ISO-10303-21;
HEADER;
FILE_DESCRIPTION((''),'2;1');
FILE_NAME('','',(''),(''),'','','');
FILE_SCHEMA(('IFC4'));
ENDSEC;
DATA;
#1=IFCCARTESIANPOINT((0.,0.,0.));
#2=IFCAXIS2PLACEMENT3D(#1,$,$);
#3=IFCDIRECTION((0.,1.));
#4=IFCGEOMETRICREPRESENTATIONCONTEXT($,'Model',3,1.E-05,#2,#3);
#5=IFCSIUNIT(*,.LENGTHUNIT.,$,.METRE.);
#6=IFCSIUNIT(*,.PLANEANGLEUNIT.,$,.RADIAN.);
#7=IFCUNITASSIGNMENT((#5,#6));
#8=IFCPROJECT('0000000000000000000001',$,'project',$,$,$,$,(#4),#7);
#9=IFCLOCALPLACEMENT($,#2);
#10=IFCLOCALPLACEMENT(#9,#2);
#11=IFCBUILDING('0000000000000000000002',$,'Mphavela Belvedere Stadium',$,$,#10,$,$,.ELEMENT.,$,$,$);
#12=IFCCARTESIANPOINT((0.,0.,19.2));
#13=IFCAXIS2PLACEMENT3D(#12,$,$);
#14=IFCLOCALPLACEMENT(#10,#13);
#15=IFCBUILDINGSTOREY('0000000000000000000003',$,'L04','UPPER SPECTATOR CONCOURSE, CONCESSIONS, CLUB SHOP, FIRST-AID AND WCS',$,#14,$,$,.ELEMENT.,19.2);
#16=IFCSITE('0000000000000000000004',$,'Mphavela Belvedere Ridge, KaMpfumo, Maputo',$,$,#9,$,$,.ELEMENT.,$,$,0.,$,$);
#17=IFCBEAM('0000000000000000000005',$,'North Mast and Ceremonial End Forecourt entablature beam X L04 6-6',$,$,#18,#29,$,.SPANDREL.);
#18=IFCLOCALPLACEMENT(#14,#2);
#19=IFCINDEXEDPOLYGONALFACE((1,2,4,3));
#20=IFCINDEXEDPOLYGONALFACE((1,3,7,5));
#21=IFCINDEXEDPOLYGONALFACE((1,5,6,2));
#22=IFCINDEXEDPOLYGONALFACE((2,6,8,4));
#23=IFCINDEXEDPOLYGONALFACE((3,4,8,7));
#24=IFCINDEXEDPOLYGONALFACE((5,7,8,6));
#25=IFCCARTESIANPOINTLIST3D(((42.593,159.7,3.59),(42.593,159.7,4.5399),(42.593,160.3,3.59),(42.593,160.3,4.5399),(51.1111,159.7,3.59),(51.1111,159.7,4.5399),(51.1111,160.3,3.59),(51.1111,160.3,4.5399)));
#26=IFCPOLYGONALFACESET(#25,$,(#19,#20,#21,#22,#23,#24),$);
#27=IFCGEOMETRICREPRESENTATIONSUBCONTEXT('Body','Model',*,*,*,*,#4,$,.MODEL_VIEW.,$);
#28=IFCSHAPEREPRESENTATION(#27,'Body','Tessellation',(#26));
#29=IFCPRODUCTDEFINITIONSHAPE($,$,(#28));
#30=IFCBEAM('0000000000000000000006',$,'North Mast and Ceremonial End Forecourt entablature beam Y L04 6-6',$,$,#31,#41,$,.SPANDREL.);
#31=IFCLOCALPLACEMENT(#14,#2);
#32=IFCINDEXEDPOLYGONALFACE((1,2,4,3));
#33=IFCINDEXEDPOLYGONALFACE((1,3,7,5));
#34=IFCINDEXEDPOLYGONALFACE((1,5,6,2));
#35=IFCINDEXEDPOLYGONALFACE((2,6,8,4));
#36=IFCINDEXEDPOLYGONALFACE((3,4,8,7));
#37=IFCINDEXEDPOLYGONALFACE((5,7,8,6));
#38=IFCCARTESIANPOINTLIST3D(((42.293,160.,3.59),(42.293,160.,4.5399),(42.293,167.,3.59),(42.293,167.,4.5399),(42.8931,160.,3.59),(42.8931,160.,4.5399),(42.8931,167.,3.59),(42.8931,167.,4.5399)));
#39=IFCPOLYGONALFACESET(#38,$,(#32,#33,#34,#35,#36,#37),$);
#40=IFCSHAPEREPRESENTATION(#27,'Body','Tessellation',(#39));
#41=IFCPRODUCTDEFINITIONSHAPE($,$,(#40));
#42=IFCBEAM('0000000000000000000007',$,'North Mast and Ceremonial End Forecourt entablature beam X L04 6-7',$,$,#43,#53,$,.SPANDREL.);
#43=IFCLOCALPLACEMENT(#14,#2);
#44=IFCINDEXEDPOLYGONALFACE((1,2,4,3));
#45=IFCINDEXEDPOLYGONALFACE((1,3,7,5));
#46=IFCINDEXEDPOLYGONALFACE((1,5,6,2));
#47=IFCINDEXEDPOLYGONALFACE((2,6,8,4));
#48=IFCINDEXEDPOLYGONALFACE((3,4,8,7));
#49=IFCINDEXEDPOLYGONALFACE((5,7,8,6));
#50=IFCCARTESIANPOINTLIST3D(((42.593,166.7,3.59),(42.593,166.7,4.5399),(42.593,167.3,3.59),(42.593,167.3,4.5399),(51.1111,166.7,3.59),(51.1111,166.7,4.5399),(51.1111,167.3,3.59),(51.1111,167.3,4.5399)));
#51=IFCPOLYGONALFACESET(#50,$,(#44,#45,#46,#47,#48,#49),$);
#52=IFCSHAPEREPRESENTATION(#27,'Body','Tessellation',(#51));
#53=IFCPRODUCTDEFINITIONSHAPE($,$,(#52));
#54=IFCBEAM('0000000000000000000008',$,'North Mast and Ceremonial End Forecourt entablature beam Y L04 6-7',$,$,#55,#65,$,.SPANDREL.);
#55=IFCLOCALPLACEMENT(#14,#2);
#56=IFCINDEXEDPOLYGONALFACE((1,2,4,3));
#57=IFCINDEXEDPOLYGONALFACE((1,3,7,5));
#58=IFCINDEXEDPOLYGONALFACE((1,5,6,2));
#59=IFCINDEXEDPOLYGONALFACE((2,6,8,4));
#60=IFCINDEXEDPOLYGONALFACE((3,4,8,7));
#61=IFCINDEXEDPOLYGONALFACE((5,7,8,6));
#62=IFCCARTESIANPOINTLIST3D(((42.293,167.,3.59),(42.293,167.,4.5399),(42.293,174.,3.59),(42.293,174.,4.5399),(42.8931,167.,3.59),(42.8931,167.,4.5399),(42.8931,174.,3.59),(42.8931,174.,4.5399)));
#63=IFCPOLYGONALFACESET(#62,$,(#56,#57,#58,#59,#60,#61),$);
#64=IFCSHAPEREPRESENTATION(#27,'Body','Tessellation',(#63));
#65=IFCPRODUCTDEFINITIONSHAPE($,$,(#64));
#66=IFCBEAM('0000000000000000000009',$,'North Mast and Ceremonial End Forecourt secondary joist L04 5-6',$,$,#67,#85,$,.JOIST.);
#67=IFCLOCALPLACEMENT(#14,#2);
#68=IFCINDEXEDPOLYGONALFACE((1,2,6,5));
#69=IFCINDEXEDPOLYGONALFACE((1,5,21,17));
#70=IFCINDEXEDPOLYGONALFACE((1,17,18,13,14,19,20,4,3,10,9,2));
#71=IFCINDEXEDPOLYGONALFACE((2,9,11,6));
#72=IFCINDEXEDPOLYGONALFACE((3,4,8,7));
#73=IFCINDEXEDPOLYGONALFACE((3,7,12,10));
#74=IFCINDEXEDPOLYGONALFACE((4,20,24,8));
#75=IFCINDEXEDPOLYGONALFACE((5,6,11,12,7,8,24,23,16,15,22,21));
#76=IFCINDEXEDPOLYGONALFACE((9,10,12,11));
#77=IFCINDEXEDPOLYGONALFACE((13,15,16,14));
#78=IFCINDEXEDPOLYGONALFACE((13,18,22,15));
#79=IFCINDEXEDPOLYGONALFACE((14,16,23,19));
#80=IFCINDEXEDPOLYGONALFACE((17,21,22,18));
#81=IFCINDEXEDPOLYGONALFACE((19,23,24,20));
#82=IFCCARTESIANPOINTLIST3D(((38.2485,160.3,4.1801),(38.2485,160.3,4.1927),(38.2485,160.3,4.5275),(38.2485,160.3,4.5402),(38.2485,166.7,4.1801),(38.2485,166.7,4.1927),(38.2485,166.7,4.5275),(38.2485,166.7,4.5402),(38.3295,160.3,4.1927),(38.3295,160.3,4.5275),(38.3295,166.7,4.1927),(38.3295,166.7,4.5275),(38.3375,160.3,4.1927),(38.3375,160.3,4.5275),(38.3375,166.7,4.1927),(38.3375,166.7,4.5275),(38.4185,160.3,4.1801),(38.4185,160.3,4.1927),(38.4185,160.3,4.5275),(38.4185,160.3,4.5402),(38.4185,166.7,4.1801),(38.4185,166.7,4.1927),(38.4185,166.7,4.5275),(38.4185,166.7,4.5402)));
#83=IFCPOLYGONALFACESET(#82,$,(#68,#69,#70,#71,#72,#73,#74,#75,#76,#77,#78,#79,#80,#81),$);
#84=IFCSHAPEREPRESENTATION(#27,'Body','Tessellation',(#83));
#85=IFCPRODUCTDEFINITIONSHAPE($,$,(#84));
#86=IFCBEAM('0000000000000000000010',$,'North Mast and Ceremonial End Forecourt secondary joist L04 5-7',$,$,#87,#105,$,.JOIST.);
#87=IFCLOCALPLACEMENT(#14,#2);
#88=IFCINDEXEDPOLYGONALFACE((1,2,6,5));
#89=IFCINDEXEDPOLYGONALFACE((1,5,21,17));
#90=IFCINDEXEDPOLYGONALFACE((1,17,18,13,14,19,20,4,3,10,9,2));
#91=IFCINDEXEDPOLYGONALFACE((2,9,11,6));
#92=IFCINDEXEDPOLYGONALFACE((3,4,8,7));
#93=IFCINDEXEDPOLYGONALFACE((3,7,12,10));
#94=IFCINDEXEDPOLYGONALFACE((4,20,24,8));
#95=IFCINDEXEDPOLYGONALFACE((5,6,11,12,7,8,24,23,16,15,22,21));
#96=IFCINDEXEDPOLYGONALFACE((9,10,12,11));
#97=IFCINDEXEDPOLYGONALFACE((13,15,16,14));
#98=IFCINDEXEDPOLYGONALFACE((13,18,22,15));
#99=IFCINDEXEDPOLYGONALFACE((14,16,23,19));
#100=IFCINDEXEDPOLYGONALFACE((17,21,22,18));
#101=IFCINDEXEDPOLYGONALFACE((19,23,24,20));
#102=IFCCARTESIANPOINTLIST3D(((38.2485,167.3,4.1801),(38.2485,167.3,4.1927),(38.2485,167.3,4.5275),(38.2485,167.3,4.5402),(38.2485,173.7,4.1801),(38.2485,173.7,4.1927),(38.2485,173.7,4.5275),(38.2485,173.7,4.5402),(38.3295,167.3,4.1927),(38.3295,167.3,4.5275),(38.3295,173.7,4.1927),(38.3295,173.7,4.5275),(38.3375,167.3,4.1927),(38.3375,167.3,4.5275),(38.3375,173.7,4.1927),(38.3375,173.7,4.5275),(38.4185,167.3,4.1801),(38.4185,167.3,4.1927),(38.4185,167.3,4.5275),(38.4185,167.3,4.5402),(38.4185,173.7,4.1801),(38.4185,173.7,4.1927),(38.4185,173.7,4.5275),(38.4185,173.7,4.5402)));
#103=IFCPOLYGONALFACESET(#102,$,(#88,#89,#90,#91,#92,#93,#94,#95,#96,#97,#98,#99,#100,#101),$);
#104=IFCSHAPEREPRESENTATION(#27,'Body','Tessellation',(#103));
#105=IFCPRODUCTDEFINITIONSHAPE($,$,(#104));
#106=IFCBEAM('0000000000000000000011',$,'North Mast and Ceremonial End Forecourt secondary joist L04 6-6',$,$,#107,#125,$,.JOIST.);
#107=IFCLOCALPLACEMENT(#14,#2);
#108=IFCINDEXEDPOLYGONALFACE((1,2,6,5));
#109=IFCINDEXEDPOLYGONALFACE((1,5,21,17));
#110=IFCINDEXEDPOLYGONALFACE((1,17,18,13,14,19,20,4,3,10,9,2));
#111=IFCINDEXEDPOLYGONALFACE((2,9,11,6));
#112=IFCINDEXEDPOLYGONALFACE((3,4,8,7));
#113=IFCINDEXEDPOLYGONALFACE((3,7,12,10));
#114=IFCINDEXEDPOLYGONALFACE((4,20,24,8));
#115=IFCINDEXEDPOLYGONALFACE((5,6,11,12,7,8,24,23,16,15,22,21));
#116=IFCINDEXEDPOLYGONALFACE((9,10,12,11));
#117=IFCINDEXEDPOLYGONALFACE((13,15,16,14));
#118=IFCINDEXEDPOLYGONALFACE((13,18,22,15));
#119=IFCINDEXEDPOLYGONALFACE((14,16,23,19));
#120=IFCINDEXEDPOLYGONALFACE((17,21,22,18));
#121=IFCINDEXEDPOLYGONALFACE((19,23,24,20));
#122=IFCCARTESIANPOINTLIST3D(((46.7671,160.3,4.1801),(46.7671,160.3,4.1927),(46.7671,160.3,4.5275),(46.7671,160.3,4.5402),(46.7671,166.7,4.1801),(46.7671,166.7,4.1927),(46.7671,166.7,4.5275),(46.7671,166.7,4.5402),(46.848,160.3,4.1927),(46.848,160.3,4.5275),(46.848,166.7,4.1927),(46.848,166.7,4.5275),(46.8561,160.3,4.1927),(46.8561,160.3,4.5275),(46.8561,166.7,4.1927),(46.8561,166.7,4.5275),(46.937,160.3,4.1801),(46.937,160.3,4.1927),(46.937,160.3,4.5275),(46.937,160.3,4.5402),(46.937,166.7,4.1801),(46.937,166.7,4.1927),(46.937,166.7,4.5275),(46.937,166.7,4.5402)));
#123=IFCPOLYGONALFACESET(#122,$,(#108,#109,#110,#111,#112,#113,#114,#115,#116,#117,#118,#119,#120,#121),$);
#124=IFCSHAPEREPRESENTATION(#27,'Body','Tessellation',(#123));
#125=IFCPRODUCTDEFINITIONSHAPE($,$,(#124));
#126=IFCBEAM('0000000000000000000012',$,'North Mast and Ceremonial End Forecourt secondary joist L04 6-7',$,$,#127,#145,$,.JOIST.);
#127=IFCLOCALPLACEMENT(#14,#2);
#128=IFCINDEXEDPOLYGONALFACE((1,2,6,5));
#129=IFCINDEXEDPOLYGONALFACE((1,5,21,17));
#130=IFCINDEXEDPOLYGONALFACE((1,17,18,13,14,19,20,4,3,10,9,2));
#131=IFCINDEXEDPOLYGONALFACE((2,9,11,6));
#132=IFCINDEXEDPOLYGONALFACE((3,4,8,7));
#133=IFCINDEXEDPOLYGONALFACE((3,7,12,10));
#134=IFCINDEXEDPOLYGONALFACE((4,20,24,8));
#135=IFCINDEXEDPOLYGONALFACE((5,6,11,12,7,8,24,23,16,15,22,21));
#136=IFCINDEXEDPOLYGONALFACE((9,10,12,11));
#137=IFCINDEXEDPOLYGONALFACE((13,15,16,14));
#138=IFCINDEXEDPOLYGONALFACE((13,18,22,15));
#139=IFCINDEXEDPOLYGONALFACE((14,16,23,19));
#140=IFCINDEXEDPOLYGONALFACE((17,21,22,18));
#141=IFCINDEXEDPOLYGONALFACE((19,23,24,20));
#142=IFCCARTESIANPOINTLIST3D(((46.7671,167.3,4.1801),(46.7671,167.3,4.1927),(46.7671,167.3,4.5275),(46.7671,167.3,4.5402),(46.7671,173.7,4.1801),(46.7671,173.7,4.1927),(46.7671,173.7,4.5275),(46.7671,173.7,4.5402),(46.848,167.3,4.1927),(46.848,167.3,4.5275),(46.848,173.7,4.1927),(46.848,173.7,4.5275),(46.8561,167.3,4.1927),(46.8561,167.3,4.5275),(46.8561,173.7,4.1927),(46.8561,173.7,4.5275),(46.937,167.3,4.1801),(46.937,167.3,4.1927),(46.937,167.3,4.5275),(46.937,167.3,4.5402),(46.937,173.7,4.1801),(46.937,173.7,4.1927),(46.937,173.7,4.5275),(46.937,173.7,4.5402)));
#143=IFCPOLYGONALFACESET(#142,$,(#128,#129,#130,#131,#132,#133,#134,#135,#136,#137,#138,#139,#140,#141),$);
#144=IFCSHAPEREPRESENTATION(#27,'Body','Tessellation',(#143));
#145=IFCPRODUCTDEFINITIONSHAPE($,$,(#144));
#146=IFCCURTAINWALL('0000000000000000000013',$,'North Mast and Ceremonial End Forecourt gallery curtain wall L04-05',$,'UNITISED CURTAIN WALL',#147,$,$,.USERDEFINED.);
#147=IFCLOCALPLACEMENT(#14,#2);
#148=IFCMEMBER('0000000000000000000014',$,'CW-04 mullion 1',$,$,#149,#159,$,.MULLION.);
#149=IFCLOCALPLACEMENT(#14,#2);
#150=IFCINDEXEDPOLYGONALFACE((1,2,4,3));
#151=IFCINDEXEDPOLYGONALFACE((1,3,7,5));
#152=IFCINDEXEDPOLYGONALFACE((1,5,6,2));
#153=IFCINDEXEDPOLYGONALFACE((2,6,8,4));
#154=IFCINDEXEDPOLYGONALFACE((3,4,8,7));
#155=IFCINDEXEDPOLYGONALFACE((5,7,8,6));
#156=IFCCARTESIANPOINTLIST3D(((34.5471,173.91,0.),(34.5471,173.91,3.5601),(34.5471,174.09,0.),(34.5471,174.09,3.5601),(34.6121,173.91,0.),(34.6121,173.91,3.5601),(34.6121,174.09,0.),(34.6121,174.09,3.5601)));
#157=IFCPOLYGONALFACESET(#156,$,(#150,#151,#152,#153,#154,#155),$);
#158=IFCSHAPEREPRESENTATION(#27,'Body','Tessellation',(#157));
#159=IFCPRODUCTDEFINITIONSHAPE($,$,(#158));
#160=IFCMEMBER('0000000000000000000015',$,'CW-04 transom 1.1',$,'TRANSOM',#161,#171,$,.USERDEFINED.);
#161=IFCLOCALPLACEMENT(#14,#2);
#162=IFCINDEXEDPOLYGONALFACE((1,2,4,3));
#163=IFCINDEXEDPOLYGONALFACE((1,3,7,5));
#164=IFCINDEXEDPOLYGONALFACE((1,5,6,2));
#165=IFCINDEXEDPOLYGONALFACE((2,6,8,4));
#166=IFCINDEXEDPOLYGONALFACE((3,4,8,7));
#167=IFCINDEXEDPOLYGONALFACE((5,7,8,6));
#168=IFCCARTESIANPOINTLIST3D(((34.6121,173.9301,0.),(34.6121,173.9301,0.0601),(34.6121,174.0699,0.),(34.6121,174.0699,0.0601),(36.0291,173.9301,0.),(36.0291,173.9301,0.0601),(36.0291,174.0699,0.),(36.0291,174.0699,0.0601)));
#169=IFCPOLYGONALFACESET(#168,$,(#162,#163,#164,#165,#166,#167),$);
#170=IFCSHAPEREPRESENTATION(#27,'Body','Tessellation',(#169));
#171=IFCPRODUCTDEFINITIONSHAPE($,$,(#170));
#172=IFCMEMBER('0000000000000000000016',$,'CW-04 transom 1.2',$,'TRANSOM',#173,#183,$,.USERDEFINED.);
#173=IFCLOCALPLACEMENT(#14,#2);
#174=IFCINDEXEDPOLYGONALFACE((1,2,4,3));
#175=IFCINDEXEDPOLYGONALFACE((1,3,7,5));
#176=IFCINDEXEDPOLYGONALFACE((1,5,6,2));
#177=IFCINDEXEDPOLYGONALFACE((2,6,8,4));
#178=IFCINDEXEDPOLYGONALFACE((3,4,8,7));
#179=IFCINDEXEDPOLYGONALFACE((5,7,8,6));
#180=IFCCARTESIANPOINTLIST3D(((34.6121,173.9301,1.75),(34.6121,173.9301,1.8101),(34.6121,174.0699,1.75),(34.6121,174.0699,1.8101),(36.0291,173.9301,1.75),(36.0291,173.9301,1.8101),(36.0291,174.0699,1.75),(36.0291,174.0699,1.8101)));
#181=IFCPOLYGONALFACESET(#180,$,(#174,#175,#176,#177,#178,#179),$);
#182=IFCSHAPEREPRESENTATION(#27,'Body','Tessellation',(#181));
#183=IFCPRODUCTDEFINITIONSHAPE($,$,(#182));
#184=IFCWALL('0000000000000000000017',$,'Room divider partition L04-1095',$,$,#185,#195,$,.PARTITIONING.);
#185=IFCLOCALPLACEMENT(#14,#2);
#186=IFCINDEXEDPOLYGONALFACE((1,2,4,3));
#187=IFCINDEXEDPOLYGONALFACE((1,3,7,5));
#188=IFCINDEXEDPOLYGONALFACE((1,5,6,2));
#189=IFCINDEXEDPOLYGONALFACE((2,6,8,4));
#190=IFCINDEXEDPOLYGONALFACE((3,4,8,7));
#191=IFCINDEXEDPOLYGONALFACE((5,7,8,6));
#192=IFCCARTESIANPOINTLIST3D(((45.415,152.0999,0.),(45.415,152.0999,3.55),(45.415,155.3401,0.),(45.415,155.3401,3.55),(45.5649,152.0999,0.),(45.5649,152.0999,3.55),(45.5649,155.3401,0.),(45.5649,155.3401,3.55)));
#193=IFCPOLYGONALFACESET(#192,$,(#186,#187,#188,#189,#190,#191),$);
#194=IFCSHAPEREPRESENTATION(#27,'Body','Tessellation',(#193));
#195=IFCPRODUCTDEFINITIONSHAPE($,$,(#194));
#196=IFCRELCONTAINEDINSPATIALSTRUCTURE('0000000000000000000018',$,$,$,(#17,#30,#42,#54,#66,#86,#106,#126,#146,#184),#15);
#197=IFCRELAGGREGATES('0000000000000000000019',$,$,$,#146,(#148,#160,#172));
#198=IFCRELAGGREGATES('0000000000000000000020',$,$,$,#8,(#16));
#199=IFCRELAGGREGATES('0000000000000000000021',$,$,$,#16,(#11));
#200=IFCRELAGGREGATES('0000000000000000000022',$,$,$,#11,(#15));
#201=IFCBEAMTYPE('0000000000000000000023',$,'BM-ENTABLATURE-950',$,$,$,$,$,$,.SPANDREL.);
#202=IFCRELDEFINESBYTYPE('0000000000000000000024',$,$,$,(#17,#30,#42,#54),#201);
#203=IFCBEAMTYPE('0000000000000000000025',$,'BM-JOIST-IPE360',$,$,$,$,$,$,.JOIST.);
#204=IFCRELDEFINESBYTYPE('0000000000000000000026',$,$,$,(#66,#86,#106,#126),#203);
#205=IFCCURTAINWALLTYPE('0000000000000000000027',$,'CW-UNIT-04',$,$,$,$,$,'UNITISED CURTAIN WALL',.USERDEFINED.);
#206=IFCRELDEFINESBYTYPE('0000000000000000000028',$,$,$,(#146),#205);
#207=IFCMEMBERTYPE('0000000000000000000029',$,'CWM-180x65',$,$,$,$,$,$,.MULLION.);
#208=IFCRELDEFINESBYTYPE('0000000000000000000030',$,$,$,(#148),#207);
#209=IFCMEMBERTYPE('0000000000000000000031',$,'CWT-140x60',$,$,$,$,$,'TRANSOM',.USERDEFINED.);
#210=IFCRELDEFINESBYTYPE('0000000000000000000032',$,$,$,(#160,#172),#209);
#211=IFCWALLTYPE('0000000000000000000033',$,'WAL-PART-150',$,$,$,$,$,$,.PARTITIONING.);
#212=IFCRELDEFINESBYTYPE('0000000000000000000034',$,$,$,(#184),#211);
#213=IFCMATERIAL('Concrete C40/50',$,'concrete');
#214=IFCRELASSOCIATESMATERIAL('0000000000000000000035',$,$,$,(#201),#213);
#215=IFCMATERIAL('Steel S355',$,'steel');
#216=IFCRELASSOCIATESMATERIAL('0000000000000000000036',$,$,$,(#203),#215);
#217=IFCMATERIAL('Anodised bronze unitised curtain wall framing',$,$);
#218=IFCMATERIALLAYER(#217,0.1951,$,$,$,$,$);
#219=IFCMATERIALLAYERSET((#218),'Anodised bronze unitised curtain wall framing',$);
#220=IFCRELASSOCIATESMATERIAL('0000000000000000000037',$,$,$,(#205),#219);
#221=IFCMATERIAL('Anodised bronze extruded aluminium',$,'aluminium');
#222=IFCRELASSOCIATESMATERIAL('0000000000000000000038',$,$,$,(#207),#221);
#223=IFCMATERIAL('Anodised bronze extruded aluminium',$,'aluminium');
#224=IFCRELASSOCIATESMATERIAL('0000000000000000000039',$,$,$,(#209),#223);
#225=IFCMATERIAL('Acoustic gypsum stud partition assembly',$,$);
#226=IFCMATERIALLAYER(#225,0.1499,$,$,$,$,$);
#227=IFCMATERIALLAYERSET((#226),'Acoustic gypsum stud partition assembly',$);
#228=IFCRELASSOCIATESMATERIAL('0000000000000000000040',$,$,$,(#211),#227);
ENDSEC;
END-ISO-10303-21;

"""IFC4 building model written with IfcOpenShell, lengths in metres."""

from ifc_helpers import new_model, si_unit, direction, frame, frame_2d, origin, origin_2d, place, context, subcontext, project, spatial, rectangle, i_section, extrude, material, layer, layer_set, material_profile, profile_set, type_object, element, aggregate, save


model = new_model("IFC4")

# Units and contexts
model_context = context("Model", 3, precision=1e-05, world=origin(), true_north=direction((0.0, 1.0)))
body_context = subcontext(model_context, "Body", "Model", "MODEL_VIEW")
ifc_project = project(units=[si_unit("LENGTHUNIT", "METRE"), si_unit("PLANEANGLEUNIT", "RADIAN")], contexts=[model_context])

# Site, building, storey
site_placement = place(None, origin())
site = spatial("IfcSite", under=ifc_project, at=site_placement, Name="Mphavela Belvedere Ridge, KaMpfumo, Maputo", CompositionType="ELEMENT", RefElevation=0.0)
building_placement = place(site_placement, origin())
building = spatial("IfcBuilding", under=site, at=building_placement, Name="Mphavela Belvedere Stadium", CompositionType="ELEMENT")
storey_placement = place(building_placement, frame((0.0, 0.0, 19.2)))
storey = spatial("IfcBuildingStorey", under=building, at=storey_placement, Name="L04", Description="UPPER SPECTATOR CONCOURSE, CONCESSIONS, CLUB SHOP, FIRST-AID AND WCS", CompositionType="ELEMENT", Elevation=19.2)

# Beams
ifc_material_1 = material(Name="Concrete C40/50", Category="concrete")
ifc_material_profile_1 = material_profile(ifc_material_1, rectangle(XDim=0.6001, YDim=0.95, at=origin_2d()), Name="RC 600x950")
ifc_profile_set_1 = profile_set([ifc_material_profile_1], Name="Concrete C40/50")
beam_type_1 = type_object("IfcBeamType", Name="BM-ENTABLATURE-950", PredefinedType="SPANDREL", material=ifc_profile_set_1)
beam_1_placement = place(storey_placement, frame((42.593, 160.0, 4.0649), z_axis=(1.0, 0.0, 0.0), x_axis=(0.0, 1.0, 0.0)))
element("IfcBeam", 1, at=beam_1_placement, inside=storey, type_object=beam_type_1, Name="North Mast and Ceremonial End Forecourt entablature beam X L04 6-6", PredefinedType="SPANDREL", context=body_context, shape_type="SweptSolid", body=[
    extrude(rectangle(XDim=0.6001, YDim=0.95, at=origin_2d()), origin(), (0.0, 0.0, 1.0), 8.5181),
])
beam_2_placement = place(storey_placement, frame((42.593, 160.0, 4.0649), z_axis=(0.0, 1.0, 0.0), x_axis=(-1.0, 0.0, 0.0)))
element("IfcBeam", 2, at=beam_2_placement, inside=storey, type_object=beam_type_1, Name="North Mast and Ceremonial End Forecourt entablature beam Y L04 6-6", PredefinedType="SPANDREL", context=body_context, shape_type="SweptSolid", body=[
    extrude(rectangle(XDim=0.6001, YDim=0.95, at=origin_2d()), origin(), (0.0, 0.0, 1.0), 7.0),
])
beam_3_placement = place(storey_placement, frame((42.593, 167.0, 4.0649), z_axis=(1.0, 0.0, 0.0), x_axis=(0.0, 1.0, 0.0)))
element("IfcBeam", 3, at=beam_3_placement, inside=storey, type_object=beam_type_1, Name="North Mast and Ceremonial End Forecourt entablature beam X L04 6-7", PredefinedType="SPANDREL", context=body_context, shape_type="SweptSolid", body=[
    extrude(rectangle(XDim=0.6001, YDim=0.95, at=origin_2d()), origin(), (0.0, 0.0, 1.0), 8.5181),
])
beam_4_placement = place(storey_placement, frame((42.593, 167.0, 4.0649), z_axis=(0.0, 1.0, 0.0), x_axis=(-1.0, 0.0, 0.0)))
element("IfcBeam", 4, at=beam_4_placement, inside=storey, type_object=beam_type_1, Name="North Mast and Ceremonial End Forecourt entablature beam Y L04 6-7", PredefinedType="SPANDREL", context=body_context, shape_type="SweptSolid", body=[
    extrude(rectangle(XDim=0.6001, YDim=0.95, at=origin_2d()), origin(), (0.0, 0.0, 1.0), 7.0),
])
ifc_material_2 = material(Name="Steel S355", Category="steel")
ifc_material_profile_2 = material_profile(ifc_material_2, i_section(OverallWidth=0.1699, OverallDepth=0.3601, WebThickness=0.0081, FlangeThickness=0.0127, at=origin_2d()), Name="IPE 360")
ifc_profile_set_2 = profile_set([ifc_material_profile_2], Name="Steel S355")
beam_type_2 = type_object("IfcBeamType", Name="BM-JOIST-IPE360", PredefinedType="JOIST", material=ifc_profile_set_2)
for number, where, z_axis, x_axis, name in (
    (5, (38.3335, 160.3, 4.3601), (0.0, 1.0, 0.0), (-1.0, 0.0, 0.0), "North Mast and Ceremonial End Forecourt secondary joist L04 5-6"),
    (6, (38.3335, 167.3, 4.3601), (0.0, 1.0, 0.0), (-1.0, 0.0, 0.0), "North Mast and Ceremonial End Forecourt secondary joist L04 5-7"),
    (7, (46.8521, 160.3, 4.3601), (0.0, 1.0, 0.0), (-1.0, 0.0, 0.0), "North Mast and Ceremonial End Forecourt secondary joist L04 6-6"),
    (8, (46.8521, 167.3, 4.3601), (0.0, 1.0, 0.0), (-1.0, 0.0, 0.0), "North Mast and Ceremonial End Forecourt secondary joist L04 6-7"),
):
    element("IfcBeam", number, at=place(storey_placement, frame(where, z_axis=z_axis, x_axis=x_axis)), inside=storey, type_object=beam_type_2, Name=name, PredefinedType="JOIST", context=body_context, shape_type="SweptSolid", body=[
        extrude(i_section(OverallWidth=0.1699, OverallDepth=0.3601, WebThickness=0.0081, FlangeThickness=0.0127, at=origin_2d()), origin(), (0.0, 0.0, 1.0), 6.3999),
    ])

# Curtain wall, members
ifc_material_3 = material(Name="Anodised bronze unitised curtain wall framing")
ifc_layer_1 = layer(ifc_material_3, 0.1951)
ifc_layer_set_1 = layer_set([ifc_layer_1], Name="Anodised bronze unitised curtain wall framing")
curtain_wall_type = type_object("IfcCurtainWallType", Name="CW-UNIT-04", ElementType="UNITISED CURTAIN WALL", PredefinedType="USERDEFINED", material=ifc_layer_set_1)
curtain_wall_placement = place(storey_placement, origin())
curtain_wall = element("IfcCurtainWall", 9, at=curtain_wall_placement, inside=storey, type_object=curtain_wall_type, Name="North Mast and Ceremonial End Forecourt gallery curtain wall L04-05", ObjectType="UNITISED CURTAIN WALL", PredefinedType="USERDEFINED")
ifc_material_4 = material(Name="Anodised bronze extruded aluminium", Category="aluminium")
ifc_material_profile_3 = material_profile(ifc_material_4, rectangle(XDim=0.1799, YDim=0.0649, at=origin_2d()), Name="CW-MUL 180x65")
ifc_profile_set_3 = profile_set([ifc_material_profile_3], Name="Anodised bronze extruded aluminium")
member_type_1 = type_object("IfcMemberType", Name="CWM-180x65", PredefinedType="MULLION", material=ifc_profile_set_3)
member_1_placement = place(storey_placement, frame((34.5796, 174.0, 0.0), z_axis=(0.0, 0.0, 1.0), x_axis=(0.0, 1.0, 0.0)))
member_1 = element("IfcMember", 10, at=member_1_placement, type_object=member_type_1, Name="CW-04 mullion 1", PredefinedType="MULLION", context=body_context, shape_type="SweptSolid", body=[
    extrude(rectangle(XDim=0.1799, YDim=0.0649, at=origin_2d()), origin(), (0.0, 0.0, 1.0), 3.5601),
])
ifc_material_5 = material(Name="Anodised bronze extruded aluminium", Category="aluminium")
ifc_material_profile_4 = material_profile(ifc_material_5, rectangle(XDim=0.1399, YDim=0.0601, at=origin_2d()), Name="CW-TRN 140x60")
ifc_profile_set_4 = profile_set([ifc_material_profile_4], Name="Anodised bronze extruded aluminium")
member_type_2 = type_object("IfcMemberType", Name="CWT-140x60", ElementType="TRANSOM", PredefinedType="USERDEFINED", material=ifc_profile_set_4)
member_2_placement = place(storey_placement, frame((34.6121, 174.0, 0.03), z_axis=(1.0, 0.0, 0.0), x_axis=(0.0, 1.0, 0.0)))
member_2 = element("IfcMember", 11, at=member_2_placement, type_object=member_type_2, Name="CW-04 transom 1.1", ObjectType="TRANSOM", PredefinedType="USERDEFINED", context=body_context, shape_type="SweptSolid", body=[
    extrude(rectangle(XDim=0.1399, YDim=0.0601, at=origin_2d()), origin(), (0.0, 0.0, 1.0), 1.417),
])
member_3_placement = place(storey_placement, frame((34.6121, 174.0, 1.78), z_axis=(1.0, 0.0, 0.0), x_axis=(0.0, 1.0, 0.0)))
member_3 = element("IfcMember", 12, at=member_3_placement, type_object=member_type_2, Name="CW-04 transom 1.2", ObjectType="TRANSOM", PredefinedType="USERDEFINED", context=body_context, shape_type="SweptSolid", body=[
    extrude(rectangle(XDim=0.1399, YDim=0.0601, at=origin_2d()), origin(), (0.0, 0.0, 1.0), 1.417),
])
aggregate(curtain_wall, [member_1, member_2, member_3])

# Wall
ifc_material_6 = material(Name="Acoustic gypsum stud partition assembly")
ifc_layer_2 = layer(ifc_material_6, 0.1499)
ifc_layer_set_2 = layer_set([ifc_layer_2], Name="Acoustic gypsum stud partition assembly")
wall_type_1 = type_object("IfcWallType", Name="WAL-PART-150", PredefinedType="PARTITIONING", material=ifc_layer_set_2)
wall_1_placement = place(storey_placement, frame((45.49, 155.3401, 0.0), z_axis=(0.0, 0.0, 1.0), x_axis=(0.0, -1.0, 0.0)))
element("IfcWall", 13, at=wall_1_placement, inside=storey, type_object=wall_type_1, Name="Room divider partition L04-1095", PredefinedType="PARTITIONING", context=body_context, shape_type="SweptSolid", body=[
    extrude(rectangle(XDim=3.2402, YDim=0.1499, at=frame_2d((1.6201, 0.0))), origin(), (0.0, 0.0, 1.0), 3.55),
])

save(model, "model.ifc")
